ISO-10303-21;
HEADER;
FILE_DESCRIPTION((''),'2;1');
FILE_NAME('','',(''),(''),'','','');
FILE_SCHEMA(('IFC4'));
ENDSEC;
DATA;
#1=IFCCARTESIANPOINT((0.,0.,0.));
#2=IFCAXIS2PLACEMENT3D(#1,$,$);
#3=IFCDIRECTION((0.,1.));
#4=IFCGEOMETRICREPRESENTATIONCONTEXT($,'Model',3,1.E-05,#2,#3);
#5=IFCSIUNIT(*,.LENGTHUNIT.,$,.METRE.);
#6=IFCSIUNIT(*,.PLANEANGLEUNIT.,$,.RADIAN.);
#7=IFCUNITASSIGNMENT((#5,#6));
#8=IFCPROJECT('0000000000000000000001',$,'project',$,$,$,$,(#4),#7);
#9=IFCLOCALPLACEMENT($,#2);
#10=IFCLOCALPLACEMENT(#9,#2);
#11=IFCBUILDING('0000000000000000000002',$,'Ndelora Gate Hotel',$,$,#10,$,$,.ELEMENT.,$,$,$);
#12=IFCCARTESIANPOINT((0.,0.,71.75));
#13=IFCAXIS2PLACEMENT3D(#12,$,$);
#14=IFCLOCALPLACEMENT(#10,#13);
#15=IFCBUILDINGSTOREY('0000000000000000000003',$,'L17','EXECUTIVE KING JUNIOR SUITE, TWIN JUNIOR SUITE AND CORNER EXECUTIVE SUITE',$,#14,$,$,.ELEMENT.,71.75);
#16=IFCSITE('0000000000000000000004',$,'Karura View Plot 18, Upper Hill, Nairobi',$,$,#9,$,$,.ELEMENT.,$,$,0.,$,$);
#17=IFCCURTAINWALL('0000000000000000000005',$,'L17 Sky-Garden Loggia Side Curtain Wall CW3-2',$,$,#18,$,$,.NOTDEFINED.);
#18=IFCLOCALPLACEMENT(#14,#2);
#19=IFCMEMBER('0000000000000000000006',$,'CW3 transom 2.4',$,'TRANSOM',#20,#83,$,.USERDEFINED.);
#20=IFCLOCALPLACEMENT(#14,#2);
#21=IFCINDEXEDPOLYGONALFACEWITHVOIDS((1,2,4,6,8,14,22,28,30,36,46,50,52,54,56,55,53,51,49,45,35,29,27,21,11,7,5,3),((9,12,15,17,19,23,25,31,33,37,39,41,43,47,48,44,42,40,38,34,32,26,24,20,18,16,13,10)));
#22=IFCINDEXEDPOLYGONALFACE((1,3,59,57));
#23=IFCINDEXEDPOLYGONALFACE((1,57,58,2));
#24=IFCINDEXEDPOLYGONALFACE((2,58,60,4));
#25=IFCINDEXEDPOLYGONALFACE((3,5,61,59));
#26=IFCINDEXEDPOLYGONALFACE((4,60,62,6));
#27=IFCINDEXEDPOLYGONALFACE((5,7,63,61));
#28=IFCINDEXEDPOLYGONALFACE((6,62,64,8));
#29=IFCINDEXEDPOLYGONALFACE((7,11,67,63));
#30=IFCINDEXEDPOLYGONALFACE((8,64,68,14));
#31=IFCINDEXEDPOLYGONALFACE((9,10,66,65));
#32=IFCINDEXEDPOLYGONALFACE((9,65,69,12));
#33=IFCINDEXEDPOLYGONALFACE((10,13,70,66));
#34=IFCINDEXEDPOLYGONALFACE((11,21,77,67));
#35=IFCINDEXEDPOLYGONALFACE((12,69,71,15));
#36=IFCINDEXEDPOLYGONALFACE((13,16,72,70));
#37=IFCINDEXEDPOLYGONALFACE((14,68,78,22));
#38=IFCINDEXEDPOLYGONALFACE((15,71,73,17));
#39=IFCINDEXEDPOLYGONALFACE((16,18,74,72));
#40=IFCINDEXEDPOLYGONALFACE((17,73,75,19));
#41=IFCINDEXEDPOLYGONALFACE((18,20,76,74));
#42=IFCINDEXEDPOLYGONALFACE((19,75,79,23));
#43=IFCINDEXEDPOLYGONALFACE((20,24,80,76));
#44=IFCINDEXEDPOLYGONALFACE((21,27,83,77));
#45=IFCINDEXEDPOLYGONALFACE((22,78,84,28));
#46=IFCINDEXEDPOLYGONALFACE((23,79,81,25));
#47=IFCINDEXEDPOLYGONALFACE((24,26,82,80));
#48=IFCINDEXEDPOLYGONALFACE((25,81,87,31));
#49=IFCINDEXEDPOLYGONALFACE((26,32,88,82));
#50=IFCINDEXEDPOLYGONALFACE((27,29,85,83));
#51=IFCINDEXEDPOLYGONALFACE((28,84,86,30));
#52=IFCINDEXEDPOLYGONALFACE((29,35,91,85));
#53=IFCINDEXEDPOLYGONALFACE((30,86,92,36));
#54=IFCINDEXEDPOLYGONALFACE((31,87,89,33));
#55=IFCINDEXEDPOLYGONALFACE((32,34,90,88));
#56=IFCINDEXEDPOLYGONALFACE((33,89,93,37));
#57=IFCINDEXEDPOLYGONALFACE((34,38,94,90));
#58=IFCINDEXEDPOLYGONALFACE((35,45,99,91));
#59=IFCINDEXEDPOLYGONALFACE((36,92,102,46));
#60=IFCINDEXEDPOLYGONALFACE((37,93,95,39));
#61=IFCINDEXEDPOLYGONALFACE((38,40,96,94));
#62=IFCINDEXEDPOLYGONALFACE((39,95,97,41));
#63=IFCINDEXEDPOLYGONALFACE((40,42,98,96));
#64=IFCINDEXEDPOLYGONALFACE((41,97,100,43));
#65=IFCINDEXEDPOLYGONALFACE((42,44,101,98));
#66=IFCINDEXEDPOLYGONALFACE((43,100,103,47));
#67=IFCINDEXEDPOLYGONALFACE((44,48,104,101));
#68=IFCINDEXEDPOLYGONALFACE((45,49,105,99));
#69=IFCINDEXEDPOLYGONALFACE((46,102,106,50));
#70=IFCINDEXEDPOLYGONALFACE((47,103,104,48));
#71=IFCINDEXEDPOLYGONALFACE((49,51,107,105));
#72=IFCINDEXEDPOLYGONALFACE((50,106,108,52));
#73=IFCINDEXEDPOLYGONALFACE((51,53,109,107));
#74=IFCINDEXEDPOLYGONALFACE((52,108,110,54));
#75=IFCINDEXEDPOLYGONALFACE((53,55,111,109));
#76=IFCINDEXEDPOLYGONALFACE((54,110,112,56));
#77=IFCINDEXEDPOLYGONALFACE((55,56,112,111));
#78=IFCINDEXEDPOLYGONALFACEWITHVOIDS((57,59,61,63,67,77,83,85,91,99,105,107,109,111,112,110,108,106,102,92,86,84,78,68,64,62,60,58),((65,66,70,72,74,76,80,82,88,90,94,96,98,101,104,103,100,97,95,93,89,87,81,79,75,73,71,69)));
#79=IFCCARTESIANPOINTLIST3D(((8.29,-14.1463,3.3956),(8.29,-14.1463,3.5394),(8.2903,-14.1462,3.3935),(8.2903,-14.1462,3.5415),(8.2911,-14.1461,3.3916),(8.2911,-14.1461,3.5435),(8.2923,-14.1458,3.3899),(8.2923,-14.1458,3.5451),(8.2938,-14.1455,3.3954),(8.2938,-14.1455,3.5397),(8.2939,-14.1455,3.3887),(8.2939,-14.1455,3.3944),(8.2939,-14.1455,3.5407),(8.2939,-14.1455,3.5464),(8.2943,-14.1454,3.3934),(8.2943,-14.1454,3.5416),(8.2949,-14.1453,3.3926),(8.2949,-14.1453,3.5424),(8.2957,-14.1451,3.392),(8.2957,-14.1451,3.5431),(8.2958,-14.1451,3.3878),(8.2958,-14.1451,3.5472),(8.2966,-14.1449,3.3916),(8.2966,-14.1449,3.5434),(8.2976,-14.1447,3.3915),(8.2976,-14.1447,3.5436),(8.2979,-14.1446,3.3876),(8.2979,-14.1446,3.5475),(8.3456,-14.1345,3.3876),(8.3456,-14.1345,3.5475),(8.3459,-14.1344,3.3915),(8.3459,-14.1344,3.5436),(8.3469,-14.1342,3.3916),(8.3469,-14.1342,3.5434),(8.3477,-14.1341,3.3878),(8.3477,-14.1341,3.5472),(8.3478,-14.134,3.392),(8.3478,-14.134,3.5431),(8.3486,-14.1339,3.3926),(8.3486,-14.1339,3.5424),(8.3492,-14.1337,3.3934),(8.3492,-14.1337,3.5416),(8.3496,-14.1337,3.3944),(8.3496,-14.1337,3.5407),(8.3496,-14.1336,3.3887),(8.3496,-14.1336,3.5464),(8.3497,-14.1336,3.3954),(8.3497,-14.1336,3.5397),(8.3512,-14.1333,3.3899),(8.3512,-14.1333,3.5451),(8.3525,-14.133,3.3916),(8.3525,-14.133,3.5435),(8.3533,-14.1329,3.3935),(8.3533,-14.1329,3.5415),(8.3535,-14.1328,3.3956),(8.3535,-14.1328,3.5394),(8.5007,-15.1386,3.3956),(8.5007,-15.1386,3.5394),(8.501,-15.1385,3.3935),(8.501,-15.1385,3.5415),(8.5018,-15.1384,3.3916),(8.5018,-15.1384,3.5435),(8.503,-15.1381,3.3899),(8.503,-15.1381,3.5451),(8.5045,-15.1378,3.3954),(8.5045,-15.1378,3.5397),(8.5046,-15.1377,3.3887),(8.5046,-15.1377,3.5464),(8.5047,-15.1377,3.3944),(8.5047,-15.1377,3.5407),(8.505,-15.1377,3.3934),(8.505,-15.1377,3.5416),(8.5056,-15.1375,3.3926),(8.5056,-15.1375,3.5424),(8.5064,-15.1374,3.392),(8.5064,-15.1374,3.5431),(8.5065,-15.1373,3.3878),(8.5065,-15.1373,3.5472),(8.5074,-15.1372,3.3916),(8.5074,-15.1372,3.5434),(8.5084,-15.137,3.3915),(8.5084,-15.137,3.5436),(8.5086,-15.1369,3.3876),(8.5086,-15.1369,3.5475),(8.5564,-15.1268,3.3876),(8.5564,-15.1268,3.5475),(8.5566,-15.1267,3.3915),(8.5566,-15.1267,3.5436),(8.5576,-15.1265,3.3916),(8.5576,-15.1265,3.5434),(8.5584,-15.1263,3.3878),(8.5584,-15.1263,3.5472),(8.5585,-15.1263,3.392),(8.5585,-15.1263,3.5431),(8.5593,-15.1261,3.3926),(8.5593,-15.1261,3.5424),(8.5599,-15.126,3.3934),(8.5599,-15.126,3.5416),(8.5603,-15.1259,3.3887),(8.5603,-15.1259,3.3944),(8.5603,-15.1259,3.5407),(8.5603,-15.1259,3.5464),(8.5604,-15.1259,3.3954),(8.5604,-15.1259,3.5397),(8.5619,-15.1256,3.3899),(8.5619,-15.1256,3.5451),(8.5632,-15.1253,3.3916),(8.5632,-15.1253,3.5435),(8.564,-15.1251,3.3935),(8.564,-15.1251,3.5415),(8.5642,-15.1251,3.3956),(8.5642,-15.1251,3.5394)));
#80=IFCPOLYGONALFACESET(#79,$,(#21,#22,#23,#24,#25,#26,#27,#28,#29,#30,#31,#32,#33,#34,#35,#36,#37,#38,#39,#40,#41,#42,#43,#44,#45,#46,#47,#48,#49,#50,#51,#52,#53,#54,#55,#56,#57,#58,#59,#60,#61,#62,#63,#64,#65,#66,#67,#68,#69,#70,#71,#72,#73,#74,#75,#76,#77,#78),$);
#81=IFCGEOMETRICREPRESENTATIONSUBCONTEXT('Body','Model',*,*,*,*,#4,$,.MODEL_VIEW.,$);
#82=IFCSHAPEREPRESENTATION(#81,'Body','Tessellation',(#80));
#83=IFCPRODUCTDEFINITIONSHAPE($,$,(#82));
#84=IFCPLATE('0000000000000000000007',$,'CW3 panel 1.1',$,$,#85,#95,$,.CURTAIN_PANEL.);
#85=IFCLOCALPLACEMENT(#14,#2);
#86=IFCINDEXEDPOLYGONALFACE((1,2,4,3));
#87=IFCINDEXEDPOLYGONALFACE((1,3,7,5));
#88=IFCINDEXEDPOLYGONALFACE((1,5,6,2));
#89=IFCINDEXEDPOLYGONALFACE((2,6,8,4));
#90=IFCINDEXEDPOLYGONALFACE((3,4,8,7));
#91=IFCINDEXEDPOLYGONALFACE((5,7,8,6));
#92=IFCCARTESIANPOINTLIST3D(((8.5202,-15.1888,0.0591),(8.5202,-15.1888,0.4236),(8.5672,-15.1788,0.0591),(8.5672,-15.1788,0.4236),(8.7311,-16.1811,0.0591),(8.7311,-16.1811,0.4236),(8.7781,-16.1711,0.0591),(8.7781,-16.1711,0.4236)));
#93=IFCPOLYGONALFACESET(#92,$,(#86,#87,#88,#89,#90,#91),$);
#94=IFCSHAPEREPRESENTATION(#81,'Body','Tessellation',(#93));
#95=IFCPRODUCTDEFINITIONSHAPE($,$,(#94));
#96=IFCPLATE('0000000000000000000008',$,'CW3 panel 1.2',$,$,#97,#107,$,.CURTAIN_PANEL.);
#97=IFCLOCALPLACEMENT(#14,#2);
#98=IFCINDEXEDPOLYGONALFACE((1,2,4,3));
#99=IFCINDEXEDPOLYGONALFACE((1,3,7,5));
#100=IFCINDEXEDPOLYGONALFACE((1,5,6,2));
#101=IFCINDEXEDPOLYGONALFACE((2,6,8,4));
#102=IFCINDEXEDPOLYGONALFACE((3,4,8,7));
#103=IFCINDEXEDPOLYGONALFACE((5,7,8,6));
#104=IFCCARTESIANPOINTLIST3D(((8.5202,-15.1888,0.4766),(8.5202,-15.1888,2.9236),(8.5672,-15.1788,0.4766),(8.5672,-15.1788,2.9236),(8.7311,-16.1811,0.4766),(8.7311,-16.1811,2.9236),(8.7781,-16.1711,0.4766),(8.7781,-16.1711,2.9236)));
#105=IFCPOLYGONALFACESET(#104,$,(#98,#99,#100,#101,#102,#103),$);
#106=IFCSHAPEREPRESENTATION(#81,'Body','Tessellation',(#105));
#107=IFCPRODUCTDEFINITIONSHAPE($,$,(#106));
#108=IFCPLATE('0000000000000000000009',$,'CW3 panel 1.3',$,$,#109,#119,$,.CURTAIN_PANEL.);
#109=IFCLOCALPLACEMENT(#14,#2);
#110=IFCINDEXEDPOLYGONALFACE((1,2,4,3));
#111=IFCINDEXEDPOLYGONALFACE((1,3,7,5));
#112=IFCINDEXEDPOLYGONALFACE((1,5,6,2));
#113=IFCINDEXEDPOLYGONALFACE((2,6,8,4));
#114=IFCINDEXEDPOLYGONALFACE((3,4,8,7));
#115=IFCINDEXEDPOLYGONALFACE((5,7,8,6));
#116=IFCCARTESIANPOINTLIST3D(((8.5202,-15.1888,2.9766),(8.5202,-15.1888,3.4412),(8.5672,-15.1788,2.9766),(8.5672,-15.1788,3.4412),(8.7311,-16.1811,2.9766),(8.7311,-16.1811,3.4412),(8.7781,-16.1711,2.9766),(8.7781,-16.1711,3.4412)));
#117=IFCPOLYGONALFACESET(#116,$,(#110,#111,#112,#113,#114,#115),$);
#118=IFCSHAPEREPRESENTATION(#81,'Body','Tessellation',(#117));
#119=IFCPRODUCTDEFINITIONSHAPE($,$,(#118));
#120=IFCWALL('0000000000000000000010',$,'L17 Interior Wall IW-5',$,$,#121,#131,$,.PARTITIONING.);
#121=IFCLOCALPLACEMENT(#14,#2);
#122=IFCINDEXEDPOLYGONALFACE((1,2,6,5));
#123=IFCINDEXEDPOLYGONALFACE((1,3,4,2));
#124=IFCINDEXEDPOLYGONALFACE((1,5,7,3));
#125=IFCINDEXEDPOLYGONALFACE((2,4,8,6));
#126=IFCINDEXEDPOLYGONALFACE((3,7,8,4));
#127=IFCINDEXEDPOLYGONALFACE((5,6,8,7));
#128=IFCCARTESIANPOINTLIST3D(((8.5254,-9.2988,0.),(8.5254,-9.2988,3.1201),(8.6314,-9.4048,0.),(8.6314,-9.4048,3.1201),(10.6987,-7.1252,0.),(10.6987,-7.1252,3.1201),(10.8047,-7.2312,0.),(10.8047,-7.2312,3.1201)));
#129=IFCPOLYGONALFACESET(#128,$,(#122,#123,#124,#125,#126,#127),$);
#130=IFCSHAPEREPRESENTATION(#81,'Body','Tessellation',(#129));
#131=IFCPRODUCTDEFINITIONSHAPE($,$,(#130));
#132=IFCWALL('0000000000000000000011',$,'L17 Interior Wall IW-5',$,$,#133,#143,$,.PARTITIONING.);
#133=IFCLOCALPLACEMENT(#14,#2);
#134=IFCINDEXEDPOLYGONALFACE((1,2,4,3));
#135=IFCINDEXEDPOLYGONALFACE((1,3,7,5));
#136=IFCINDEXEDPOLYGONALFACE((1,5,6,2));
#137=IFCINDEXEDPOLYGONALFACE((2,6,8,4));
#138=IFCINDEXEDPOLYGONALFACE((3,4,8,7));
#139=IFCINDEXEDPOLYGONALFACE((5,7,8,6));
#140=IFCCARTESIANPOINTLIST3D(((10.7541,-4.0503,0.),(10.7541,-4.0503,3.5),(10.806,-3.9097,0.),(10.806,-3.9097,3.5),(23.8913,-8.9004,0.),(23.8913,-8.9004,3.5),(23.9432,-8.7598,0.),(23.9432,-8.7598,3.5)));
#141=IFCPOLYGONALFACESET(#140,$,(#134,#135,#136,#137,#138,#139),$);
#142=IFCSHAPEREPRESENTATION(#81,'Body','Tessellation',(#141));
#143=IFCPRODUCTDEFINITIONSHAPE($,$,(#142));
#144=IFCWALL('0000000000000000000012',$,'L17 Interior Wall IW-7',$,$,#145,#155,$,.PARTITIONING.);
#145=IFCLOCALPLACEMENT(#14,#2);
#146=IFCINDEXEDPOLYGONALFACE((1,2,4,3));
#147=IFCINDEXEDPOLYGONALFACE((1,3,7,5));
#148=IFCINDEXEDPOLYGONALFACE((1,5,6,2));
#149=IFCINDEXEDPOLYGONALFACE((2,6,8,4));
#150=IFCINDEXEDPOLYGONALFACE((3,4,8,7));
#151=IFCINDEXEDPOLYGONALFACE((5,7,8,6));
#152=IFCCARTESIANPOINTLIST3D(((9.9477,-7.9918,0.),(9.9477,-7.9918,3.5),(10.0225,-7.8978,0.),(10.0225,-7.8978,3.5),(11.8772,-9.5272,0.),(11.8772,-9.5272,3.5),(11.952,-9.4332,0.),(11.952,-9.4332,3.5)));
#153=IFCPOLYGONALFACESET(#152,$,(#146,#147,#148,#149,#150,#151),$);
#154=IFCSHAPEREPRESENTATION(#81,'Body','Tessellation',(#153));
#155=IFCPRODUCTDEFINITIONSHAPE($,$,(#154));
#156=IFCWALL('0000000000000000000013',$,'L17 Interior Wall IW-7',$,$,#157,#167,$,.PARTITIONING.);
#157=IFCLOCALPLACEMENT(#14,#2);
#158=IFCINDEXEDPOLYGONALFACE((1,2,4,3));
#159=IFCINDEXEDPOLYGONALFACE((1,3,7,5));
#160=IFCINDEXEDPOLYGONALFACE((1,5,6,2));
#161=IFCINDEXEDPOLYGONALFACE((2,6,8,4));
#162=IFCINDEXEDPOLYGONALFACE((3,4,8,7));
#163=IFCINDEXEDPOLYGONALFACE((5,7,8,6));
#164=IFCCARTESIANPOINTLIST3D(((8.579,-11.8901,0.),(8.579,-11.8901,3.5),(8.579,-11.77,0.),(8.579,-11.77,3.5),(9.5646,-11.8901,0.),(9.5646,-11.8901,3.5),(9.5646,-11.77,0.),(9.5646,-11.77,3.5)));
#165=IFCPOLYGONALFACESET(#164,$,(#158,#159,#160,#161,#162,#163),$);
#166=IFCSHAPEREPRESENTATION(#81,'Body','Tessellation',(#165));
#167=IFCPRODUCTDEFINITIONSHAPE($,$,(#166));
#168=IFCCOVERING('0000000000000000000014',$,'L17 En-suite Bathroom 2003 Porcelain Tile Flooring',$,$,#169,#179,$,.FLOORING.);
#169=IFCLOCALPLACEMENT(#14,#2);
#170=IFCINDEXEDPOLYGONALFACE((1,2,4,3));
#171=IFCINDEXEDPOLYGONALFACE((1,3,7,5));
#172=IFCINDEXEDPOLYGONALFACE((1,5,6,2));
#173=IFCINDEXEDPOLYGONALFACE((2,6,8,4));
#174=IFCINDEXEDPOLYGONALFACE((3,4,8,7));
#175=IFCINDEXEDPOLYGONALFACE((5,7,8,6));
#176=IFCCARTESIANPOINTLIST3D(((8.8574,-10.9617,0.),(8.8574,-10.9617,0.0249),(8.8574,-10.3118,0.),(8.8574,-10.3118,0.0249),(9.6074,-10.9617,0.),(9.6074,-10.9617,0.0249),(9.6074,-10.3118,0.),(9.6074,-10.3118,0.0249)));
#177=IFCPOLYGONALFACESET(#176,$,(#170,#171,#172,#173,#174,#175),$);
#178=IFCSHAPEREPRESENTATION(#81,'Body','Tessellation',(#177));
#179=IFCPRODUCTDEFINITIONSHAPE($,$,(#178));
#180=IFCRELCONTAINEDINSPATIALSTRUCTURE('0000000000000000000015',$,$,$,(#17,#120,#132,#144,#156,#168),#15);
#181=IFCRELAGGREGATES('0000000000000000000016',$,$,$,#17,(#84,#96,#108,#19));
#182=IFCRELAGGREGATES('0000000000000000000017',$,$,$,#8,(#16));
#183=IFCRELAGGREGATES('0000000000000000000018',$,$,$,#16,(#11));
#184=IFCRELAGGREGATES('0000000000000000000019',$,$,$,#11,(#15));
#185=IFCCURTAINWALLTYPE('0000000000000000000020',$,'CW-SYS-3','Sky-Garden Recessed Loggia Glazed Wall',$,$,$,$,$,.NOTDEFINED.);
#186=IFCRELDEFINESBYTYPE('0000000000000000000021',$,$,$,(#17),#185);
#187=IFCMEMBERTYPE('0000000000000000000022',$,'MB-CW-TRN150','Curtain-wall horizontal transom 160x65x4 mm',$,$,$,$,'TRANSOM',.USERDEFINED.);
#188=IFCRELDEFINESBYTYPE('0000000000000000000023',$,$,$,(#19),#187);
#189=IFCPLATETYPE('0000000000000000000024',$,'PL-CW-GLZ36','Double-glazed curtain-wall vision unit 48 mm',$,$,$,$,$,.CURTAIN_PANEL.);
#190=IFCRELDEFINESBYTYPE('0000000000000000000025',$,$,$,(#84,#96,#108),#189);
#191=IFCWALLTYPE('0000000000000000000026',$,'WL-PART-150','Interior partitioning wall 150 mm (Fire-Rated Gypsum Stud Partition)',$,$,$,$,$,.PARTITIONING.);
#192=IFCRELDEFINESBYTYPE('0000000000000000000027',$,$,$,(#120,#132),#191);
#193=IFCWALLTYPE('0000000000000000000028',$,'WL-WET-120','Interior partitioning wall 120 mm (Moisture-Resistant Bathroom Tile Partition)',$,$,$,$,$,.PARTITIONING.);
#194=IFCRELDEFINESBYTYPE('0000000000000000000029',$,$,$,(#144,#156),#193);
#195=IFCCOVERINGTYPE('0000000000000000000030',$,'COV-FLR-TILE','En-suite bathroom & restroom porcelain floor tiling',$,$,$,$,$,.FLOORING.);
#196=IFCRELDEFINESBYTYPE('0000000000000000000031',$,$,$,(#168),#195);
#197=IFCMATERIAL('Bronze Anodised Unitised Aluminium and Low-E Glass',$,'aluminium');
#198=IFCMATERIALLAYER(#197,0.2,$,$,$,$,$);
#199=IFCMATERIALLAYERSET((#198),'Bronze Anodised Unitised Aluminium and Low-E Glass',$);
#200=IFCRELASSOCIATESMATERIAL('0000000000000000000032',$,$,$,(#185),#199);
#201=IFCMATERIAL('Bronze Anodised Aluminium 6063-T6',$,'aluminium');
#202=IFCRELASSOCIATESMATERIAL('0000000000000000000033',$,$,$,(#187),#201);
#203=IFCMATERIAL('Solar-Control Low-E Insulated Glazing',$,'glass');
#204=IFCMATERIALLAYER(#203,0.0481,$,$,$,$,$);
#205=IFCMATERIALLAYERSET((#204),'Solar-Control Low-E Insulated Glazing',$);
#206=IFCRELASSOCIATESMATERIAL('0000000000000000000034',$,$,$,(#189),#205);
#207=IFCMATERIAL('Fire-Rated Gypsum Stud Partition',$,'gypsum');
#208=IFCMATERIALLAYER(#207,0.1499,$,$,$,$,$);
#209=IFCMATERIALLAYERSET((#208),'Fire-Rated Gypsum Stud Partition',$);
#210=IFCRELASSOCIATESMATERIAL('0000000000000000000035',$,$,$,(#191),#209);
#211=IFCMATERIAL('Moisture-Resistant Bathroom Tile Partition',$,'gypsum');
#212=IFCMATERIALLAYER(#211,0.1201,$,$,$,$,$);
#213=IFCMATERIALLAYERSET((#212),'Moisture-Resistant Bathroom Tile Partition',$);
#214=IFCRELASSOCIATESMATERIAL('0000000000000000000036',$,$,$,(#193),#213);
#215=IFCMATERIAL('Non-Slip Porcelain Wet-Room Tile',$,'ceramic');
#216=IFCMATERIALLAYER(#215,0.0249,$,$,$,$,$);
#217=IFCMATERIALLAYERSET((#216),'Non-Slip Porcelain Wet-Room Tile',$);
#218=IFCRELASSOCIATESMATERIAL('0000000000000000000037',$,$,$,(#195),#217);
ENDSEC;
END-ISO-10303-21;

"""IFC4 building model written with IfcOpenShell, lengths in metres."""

from ifc_helpers import new_model, si_unit, direction, frame, frame_2d, origin, origin_2d, place, context, subcontext, project, spatial, rectangle, hollow_rectangle, extrude, material, layer, layer_set, material_profile, profile_set, type_object, element, aggregate, save


model = new_model("IFC4")

# Units and contexts
model_context = context("Model", 3, precision=1e-05, world=origin(), true_north=direction((0.0, 1.0)))
body_context = subcontext(model_context, "Body", "Model", "MODEL_VIEW")
ifc_project = project(units=[si_unit("LENGTHUNIT", "METRE"), si_unit("PLANEANGLEUNIT", "RADIAN")], contexts=[model_context])

# Site, building, storey
site_placement = place(None, origin())
site = spatial("IfcSite", under=ifc_project, at=site_placement, Name="Karura View Plot 18, Upper Hill, Nairobi", CompositionType="ELEMENT", RefElevation=0.0)
building_placement = place(site_placement, origin())
building = spatial("IfcBuilding", under=site, at=building_placement, Name="Ndelora Gate Hotel", CompositionType="ELEMENT")
storey_placement = place(building_placement, frame((0.0, 0.0, 71.75)))
storey = spatial("IfcBuildingStorey", under=building, at=storey_placement, Name="L17", Description="EXECUTIVE KING JUNIOR SUITE, TWIN JUNIOR SUITE AND CORNER EXECUTIVE SUITE", CompositionType="ELEMENT", Elevation=71.75)

# Curtain wall, member, plates
ifc_material_1 = material(Name="Bronze Anodised Unitised Aluminium and Low-E Glass", Category="aluminium")
ifc_layer_1 = layer(ifc_material_1, 0.2)
ifc_layer_set_1 = layer_set([ifc_layer_1], Name="Bronze Anodised Unitised Aluminium and Low-E Glass")
curtain_wall_type = type_object("IfcCurtainWallType", Name="CW-SYS-3", Description="Sky-Garden Recessed Loggia Glazed Wall", PredefinedType="NOTDEFINED", material=ifc_layer_set_1)
curtain_wall_placement = place(storey_placement, origin())
curtain_wall = element("IfcCurtainWall", 1, at=curtain_wall_placement, inside=storey, type_object=curtain_wall_type, Name="L17 Sky-Garden Loggia Side Curtain Wall CW3-2", PredefinedType="NOTDEFINED")
ifc_material_2 = material(Name="Bronze Anodised Aluminium 6063-T6", Category="aluminium")
ifc_material_profile_1 = material_profile(ifc_material_2, hollow_rectangle(XDim=0.0649, YDim=0.1599, WallThickness=0.0039, InnerFilletRadius=0.0039, OuterFilletRadius=0.0081, at=origin_2d()), Name="ALU 160x65x4")
ifc_profile_set_1 = profile_set([ifc_material_profile_1], Name="Bronze Anodised Aluminium 6063-T6")
member_type_1 = type_object("IfcMemberType", Name="MB-CW-TRN150", Description="Curtain-wall horizontal transom 160x65x4 mm", ElementType="TRANSOM", PredefinedType="USERDEFINED", material=ifc_profile_set_1)
member_1_placement = place(storey_placement, frame((8.5325, -15.1318, 3.4675), z_axis=(-0.207721, 0.978188, 0.0), x_axis=(-0.978188, -0.207721, 0.0)))
member_1 = element("IfcMember", 2, at=member_1_placement, type_object=member_type_1, Name="CW3 transom 2.4", ObjectType="TRANSOM", PredefinedType="USERDEFINED", context=body_context, shape_type="SweptSolid", body=[
    extrude(hollow_rectangle(XDim=0.0649, YDim=0.1599, WallThickness=0.0039, InnerFilletRadius=0.0039, OuterFilletRadius=0.0081, at=origin_2d()), origin(), (0.0, 0.0, 1.0), 1.0144),
])
ifc_material_3 = material(Name="Solar-Control Low-E Insulated Glazing", Category="glass")
ifc_layer_2 = layer(ifc_material_3, 0.0481)
ifc_layer_set_2 = layer_set([ifc_layer_2], Name="Solar-Control Low-E Insulated Glazing")
plate_type = type_object("IfcPlateType", Name="PL-CW-GLZ36", Description="Double-glazed curtain-wall vision unit 48 mm", PredefinedType="CURTAIN_PANEL", material=ifc_layer_set_2)
plate_1_placement = place(storey_placement, frame((8.6492, -15.6799, 0.0591), z_axis=(0.0, 0.0, 1.0), x_axis=(-0.207911, 0.978148, 0.0)))
plate_1 = element("IfcPlate", 3, at=plate_1_placement, type_object=plate_type, Name="CW3 panel 1.1", PredefinedType="CURTAIN_PANEL", context=body_context, shape_type="SweptSolid", body=[
    extrude(rectangle(XDim=1.0144, YDim=0.0481, at=origin_2d()), origin(), (0.0, 0.0, 1.0), 0.3645),
])
plate_2_placement = place(storey_placement, frame((8.6492, -15.6799, 0.4766), z_axis=(0.0, 0.0, 1.0), x_axis=(-0.207911, 0.978148, 0.0)))
plate_2 = element("IfcPlate", 4, at=plate_2_placement, type_object=plate_type, Name="CW3 panel 1.2", PredefinedType="CURTAIN_PANEL", context=body_context, shape_type="SweptSolid", body=[
    extrude(rectangle(XDim=1.0144, YDim=0.0481, at=origin_2d()), origin(), (0.0, 0.0, 1.0), 2.447),
])
plate_3_placement = place(storey_placement, frame((8.6492, -15.6799, 2.9766), z_axis=(0.0, 0.0, 1.0), x_axis=(-0.207911, 0.978148, 0.0)))
plate_3 = element("IfcPlate", 5, at=plate_3_placement, type_object=plate_type, Name="CW3 panel 1.3", PredefinedType="CURTAIN_PANEL", context=body_context, shape_type="SweptSolid", body=[
    extrude(rectangle(XDim=1.0144, YDim=0.0481, at=origin_2d()), origin(), (0.0, 0.0, 1.0), 0.4646),
])
aggregate(curtain_wall, [plate_1, plate_2, plate_3, member_1])

# Walls
ifc_material_4 = material(Name="Fire-Rated Gypsum Stud Partition", Category="gypsum")
ifc_layer_3 = layer(ifc_material_4, 0.1499)
ifc_layer_set_3 = layer_set([ifc_layer_3], Name="Fire-Rated Gypsum Stud Partition")
wall_type_1 = type_object("IfcWallType", Name="WL-PART-150", Description="Interior partitioning wall 150 mm (Fire-Rated Gypsum Stud Partition)", PredefinedType="PARTITIONING", material=ifc_layer_set_3)
wall_1_placement = place(storey_placement, frame((10.7517, -7.1782, 0.0), z_axis=(0.0, 0.0, 1.0), x_axis=(-0.707067, -0.707146, 0.0)))
element("IfcWall", 6, at=wall_1_placement, inside=storey, type_object=wall_type_1, Name="L17 Interior Wall IW-5", PredefinedType="PARTITIONING", context=body_context, shape_type="SweptSolid", body=[
    extrude(rectangle(XDim=3.0737, YDim=0.1499, at=frame_2d((1.5369, 0.0))), origin(), (0.0, 0.0, 1.0), 3.1201),
])
wall_2_placement = place(storey_placement, frame((10.78, -3.98, 0.0), z_axis=(0.0, 0.0, 1.0), x_axis=(0.93811, -0.346339, 0.0)))
element("IfcWall", 7, at=wall_2_placement, inside=storey, type_object=wall_type_1, Name="L17 Interior Wall IW-5", PredefinedType="PARTITIONING", context=body_context, shape_type="SweptSolid", body=[
    extrude(rectangle(XDim=14.0039, YDim=0.1499, at=frame_2d((7.002, 0.0))), origin(), (0.0, 0.0, 1.0), 3.5),
])
ifc_material_5 = material(Name="Moisture-Resistant Bathroom Tile Partition", Category="gypsum")
ifc_layer_4 = layer(ifc_material_5, 0.1201)
ifc_layer_set_4 = layer_set([ifc_layer_4], Name="Moisture-Resistant Bathroom Tile Partition")
wall_type_2 = type_object("IfcWallType", Name="WL-WET-120", Description="Interior partitioning wall 120 mm (Moisture-Resistant Bathroom Tile Partition)", PredefinedType="PARTITIONING", material=ifc_layer_set_4)
wall_3_placement = place(storey_placement, frame((9.9851, -7.9448, 0.0), z_axis=(0.0, 0.0, 1.0), x_axis=(0.782479, -0.622677, 0.0)))
element("IfcWall", 8, at=wall_3_placement, inside=storey, type_object=wall_type_2, Name="L17 Interior Wall IW-7", PredefinedType="PARTITIONING", context=body_context, shape_type="SweptSolid", body=[
    extrude(rectangle(XDim=2.4658, YDim=0.1201, at=frame_2d((1.2329, 0.0))), origin(), (0.0, 0.0, 1.0), 3.5),
])
wall_4_placement = place(storey_placement, frame((8.5791, -11.8301, 0.0), z_axis=(0.0, 0.0, 1.0), x_axis=(1.0, 0.0, 0.0)))
element("IfcWall", 9, at=wall_4_placement, inside=storey, type_object=wall_type_2, Name="L17 Interior Wall IW-7", PredefinedType="PARTITIONING", context=body_context, shape_type="SweptSolid", body=[
    extrude(rectangle(XDim=0.9856, YDim=0.1201, at=frame_2d((0.4927, 0.0))), origin(), (0.0, 0.0, 1.0), 3.5),
])

# Covering
ifc_material_6 = material(Name="Non-Slip Porcelain Wet-Room Tile", Category="ceramic")
ifc_layer_5 = layer(ifc_material_6, 0.0249)
ifc_layer_set_5 = layer_set([ifc_layer_5], Name="Non-Slip Porcelain Wet-Room Tile")
covering_type = type_object("IfcCoveringType", Name="COV-FLR-TILE", Description="En-suite bathroom & restroom porcelain floor tiling", PredefinedType="FLOORING", material=ifc_layer_set_5)
covering_placement = place(storey_placement, frame((9.2324, -10.6367, 0.0), z_axis=(0.0, 0.0, 1.0), x_axis=(1.0, 0.0, 0.0)))
element("IfcCovering", 10, at=covering_placement, inside=storey, type_object=covering_type, Name="L17 En-suite Bathroom 2003 Porcelain Tile Flooring", PredefinedType="FLOORING", context=body_context, shape_type="SweptSolid", body=[
    extrude(rectangle(XDim=0.75, YDim=0.6499, at=origin_2d()), origin(), (0.0, 0.0, 1.0), 0.0249),
])

save(model, "model.ifc")
